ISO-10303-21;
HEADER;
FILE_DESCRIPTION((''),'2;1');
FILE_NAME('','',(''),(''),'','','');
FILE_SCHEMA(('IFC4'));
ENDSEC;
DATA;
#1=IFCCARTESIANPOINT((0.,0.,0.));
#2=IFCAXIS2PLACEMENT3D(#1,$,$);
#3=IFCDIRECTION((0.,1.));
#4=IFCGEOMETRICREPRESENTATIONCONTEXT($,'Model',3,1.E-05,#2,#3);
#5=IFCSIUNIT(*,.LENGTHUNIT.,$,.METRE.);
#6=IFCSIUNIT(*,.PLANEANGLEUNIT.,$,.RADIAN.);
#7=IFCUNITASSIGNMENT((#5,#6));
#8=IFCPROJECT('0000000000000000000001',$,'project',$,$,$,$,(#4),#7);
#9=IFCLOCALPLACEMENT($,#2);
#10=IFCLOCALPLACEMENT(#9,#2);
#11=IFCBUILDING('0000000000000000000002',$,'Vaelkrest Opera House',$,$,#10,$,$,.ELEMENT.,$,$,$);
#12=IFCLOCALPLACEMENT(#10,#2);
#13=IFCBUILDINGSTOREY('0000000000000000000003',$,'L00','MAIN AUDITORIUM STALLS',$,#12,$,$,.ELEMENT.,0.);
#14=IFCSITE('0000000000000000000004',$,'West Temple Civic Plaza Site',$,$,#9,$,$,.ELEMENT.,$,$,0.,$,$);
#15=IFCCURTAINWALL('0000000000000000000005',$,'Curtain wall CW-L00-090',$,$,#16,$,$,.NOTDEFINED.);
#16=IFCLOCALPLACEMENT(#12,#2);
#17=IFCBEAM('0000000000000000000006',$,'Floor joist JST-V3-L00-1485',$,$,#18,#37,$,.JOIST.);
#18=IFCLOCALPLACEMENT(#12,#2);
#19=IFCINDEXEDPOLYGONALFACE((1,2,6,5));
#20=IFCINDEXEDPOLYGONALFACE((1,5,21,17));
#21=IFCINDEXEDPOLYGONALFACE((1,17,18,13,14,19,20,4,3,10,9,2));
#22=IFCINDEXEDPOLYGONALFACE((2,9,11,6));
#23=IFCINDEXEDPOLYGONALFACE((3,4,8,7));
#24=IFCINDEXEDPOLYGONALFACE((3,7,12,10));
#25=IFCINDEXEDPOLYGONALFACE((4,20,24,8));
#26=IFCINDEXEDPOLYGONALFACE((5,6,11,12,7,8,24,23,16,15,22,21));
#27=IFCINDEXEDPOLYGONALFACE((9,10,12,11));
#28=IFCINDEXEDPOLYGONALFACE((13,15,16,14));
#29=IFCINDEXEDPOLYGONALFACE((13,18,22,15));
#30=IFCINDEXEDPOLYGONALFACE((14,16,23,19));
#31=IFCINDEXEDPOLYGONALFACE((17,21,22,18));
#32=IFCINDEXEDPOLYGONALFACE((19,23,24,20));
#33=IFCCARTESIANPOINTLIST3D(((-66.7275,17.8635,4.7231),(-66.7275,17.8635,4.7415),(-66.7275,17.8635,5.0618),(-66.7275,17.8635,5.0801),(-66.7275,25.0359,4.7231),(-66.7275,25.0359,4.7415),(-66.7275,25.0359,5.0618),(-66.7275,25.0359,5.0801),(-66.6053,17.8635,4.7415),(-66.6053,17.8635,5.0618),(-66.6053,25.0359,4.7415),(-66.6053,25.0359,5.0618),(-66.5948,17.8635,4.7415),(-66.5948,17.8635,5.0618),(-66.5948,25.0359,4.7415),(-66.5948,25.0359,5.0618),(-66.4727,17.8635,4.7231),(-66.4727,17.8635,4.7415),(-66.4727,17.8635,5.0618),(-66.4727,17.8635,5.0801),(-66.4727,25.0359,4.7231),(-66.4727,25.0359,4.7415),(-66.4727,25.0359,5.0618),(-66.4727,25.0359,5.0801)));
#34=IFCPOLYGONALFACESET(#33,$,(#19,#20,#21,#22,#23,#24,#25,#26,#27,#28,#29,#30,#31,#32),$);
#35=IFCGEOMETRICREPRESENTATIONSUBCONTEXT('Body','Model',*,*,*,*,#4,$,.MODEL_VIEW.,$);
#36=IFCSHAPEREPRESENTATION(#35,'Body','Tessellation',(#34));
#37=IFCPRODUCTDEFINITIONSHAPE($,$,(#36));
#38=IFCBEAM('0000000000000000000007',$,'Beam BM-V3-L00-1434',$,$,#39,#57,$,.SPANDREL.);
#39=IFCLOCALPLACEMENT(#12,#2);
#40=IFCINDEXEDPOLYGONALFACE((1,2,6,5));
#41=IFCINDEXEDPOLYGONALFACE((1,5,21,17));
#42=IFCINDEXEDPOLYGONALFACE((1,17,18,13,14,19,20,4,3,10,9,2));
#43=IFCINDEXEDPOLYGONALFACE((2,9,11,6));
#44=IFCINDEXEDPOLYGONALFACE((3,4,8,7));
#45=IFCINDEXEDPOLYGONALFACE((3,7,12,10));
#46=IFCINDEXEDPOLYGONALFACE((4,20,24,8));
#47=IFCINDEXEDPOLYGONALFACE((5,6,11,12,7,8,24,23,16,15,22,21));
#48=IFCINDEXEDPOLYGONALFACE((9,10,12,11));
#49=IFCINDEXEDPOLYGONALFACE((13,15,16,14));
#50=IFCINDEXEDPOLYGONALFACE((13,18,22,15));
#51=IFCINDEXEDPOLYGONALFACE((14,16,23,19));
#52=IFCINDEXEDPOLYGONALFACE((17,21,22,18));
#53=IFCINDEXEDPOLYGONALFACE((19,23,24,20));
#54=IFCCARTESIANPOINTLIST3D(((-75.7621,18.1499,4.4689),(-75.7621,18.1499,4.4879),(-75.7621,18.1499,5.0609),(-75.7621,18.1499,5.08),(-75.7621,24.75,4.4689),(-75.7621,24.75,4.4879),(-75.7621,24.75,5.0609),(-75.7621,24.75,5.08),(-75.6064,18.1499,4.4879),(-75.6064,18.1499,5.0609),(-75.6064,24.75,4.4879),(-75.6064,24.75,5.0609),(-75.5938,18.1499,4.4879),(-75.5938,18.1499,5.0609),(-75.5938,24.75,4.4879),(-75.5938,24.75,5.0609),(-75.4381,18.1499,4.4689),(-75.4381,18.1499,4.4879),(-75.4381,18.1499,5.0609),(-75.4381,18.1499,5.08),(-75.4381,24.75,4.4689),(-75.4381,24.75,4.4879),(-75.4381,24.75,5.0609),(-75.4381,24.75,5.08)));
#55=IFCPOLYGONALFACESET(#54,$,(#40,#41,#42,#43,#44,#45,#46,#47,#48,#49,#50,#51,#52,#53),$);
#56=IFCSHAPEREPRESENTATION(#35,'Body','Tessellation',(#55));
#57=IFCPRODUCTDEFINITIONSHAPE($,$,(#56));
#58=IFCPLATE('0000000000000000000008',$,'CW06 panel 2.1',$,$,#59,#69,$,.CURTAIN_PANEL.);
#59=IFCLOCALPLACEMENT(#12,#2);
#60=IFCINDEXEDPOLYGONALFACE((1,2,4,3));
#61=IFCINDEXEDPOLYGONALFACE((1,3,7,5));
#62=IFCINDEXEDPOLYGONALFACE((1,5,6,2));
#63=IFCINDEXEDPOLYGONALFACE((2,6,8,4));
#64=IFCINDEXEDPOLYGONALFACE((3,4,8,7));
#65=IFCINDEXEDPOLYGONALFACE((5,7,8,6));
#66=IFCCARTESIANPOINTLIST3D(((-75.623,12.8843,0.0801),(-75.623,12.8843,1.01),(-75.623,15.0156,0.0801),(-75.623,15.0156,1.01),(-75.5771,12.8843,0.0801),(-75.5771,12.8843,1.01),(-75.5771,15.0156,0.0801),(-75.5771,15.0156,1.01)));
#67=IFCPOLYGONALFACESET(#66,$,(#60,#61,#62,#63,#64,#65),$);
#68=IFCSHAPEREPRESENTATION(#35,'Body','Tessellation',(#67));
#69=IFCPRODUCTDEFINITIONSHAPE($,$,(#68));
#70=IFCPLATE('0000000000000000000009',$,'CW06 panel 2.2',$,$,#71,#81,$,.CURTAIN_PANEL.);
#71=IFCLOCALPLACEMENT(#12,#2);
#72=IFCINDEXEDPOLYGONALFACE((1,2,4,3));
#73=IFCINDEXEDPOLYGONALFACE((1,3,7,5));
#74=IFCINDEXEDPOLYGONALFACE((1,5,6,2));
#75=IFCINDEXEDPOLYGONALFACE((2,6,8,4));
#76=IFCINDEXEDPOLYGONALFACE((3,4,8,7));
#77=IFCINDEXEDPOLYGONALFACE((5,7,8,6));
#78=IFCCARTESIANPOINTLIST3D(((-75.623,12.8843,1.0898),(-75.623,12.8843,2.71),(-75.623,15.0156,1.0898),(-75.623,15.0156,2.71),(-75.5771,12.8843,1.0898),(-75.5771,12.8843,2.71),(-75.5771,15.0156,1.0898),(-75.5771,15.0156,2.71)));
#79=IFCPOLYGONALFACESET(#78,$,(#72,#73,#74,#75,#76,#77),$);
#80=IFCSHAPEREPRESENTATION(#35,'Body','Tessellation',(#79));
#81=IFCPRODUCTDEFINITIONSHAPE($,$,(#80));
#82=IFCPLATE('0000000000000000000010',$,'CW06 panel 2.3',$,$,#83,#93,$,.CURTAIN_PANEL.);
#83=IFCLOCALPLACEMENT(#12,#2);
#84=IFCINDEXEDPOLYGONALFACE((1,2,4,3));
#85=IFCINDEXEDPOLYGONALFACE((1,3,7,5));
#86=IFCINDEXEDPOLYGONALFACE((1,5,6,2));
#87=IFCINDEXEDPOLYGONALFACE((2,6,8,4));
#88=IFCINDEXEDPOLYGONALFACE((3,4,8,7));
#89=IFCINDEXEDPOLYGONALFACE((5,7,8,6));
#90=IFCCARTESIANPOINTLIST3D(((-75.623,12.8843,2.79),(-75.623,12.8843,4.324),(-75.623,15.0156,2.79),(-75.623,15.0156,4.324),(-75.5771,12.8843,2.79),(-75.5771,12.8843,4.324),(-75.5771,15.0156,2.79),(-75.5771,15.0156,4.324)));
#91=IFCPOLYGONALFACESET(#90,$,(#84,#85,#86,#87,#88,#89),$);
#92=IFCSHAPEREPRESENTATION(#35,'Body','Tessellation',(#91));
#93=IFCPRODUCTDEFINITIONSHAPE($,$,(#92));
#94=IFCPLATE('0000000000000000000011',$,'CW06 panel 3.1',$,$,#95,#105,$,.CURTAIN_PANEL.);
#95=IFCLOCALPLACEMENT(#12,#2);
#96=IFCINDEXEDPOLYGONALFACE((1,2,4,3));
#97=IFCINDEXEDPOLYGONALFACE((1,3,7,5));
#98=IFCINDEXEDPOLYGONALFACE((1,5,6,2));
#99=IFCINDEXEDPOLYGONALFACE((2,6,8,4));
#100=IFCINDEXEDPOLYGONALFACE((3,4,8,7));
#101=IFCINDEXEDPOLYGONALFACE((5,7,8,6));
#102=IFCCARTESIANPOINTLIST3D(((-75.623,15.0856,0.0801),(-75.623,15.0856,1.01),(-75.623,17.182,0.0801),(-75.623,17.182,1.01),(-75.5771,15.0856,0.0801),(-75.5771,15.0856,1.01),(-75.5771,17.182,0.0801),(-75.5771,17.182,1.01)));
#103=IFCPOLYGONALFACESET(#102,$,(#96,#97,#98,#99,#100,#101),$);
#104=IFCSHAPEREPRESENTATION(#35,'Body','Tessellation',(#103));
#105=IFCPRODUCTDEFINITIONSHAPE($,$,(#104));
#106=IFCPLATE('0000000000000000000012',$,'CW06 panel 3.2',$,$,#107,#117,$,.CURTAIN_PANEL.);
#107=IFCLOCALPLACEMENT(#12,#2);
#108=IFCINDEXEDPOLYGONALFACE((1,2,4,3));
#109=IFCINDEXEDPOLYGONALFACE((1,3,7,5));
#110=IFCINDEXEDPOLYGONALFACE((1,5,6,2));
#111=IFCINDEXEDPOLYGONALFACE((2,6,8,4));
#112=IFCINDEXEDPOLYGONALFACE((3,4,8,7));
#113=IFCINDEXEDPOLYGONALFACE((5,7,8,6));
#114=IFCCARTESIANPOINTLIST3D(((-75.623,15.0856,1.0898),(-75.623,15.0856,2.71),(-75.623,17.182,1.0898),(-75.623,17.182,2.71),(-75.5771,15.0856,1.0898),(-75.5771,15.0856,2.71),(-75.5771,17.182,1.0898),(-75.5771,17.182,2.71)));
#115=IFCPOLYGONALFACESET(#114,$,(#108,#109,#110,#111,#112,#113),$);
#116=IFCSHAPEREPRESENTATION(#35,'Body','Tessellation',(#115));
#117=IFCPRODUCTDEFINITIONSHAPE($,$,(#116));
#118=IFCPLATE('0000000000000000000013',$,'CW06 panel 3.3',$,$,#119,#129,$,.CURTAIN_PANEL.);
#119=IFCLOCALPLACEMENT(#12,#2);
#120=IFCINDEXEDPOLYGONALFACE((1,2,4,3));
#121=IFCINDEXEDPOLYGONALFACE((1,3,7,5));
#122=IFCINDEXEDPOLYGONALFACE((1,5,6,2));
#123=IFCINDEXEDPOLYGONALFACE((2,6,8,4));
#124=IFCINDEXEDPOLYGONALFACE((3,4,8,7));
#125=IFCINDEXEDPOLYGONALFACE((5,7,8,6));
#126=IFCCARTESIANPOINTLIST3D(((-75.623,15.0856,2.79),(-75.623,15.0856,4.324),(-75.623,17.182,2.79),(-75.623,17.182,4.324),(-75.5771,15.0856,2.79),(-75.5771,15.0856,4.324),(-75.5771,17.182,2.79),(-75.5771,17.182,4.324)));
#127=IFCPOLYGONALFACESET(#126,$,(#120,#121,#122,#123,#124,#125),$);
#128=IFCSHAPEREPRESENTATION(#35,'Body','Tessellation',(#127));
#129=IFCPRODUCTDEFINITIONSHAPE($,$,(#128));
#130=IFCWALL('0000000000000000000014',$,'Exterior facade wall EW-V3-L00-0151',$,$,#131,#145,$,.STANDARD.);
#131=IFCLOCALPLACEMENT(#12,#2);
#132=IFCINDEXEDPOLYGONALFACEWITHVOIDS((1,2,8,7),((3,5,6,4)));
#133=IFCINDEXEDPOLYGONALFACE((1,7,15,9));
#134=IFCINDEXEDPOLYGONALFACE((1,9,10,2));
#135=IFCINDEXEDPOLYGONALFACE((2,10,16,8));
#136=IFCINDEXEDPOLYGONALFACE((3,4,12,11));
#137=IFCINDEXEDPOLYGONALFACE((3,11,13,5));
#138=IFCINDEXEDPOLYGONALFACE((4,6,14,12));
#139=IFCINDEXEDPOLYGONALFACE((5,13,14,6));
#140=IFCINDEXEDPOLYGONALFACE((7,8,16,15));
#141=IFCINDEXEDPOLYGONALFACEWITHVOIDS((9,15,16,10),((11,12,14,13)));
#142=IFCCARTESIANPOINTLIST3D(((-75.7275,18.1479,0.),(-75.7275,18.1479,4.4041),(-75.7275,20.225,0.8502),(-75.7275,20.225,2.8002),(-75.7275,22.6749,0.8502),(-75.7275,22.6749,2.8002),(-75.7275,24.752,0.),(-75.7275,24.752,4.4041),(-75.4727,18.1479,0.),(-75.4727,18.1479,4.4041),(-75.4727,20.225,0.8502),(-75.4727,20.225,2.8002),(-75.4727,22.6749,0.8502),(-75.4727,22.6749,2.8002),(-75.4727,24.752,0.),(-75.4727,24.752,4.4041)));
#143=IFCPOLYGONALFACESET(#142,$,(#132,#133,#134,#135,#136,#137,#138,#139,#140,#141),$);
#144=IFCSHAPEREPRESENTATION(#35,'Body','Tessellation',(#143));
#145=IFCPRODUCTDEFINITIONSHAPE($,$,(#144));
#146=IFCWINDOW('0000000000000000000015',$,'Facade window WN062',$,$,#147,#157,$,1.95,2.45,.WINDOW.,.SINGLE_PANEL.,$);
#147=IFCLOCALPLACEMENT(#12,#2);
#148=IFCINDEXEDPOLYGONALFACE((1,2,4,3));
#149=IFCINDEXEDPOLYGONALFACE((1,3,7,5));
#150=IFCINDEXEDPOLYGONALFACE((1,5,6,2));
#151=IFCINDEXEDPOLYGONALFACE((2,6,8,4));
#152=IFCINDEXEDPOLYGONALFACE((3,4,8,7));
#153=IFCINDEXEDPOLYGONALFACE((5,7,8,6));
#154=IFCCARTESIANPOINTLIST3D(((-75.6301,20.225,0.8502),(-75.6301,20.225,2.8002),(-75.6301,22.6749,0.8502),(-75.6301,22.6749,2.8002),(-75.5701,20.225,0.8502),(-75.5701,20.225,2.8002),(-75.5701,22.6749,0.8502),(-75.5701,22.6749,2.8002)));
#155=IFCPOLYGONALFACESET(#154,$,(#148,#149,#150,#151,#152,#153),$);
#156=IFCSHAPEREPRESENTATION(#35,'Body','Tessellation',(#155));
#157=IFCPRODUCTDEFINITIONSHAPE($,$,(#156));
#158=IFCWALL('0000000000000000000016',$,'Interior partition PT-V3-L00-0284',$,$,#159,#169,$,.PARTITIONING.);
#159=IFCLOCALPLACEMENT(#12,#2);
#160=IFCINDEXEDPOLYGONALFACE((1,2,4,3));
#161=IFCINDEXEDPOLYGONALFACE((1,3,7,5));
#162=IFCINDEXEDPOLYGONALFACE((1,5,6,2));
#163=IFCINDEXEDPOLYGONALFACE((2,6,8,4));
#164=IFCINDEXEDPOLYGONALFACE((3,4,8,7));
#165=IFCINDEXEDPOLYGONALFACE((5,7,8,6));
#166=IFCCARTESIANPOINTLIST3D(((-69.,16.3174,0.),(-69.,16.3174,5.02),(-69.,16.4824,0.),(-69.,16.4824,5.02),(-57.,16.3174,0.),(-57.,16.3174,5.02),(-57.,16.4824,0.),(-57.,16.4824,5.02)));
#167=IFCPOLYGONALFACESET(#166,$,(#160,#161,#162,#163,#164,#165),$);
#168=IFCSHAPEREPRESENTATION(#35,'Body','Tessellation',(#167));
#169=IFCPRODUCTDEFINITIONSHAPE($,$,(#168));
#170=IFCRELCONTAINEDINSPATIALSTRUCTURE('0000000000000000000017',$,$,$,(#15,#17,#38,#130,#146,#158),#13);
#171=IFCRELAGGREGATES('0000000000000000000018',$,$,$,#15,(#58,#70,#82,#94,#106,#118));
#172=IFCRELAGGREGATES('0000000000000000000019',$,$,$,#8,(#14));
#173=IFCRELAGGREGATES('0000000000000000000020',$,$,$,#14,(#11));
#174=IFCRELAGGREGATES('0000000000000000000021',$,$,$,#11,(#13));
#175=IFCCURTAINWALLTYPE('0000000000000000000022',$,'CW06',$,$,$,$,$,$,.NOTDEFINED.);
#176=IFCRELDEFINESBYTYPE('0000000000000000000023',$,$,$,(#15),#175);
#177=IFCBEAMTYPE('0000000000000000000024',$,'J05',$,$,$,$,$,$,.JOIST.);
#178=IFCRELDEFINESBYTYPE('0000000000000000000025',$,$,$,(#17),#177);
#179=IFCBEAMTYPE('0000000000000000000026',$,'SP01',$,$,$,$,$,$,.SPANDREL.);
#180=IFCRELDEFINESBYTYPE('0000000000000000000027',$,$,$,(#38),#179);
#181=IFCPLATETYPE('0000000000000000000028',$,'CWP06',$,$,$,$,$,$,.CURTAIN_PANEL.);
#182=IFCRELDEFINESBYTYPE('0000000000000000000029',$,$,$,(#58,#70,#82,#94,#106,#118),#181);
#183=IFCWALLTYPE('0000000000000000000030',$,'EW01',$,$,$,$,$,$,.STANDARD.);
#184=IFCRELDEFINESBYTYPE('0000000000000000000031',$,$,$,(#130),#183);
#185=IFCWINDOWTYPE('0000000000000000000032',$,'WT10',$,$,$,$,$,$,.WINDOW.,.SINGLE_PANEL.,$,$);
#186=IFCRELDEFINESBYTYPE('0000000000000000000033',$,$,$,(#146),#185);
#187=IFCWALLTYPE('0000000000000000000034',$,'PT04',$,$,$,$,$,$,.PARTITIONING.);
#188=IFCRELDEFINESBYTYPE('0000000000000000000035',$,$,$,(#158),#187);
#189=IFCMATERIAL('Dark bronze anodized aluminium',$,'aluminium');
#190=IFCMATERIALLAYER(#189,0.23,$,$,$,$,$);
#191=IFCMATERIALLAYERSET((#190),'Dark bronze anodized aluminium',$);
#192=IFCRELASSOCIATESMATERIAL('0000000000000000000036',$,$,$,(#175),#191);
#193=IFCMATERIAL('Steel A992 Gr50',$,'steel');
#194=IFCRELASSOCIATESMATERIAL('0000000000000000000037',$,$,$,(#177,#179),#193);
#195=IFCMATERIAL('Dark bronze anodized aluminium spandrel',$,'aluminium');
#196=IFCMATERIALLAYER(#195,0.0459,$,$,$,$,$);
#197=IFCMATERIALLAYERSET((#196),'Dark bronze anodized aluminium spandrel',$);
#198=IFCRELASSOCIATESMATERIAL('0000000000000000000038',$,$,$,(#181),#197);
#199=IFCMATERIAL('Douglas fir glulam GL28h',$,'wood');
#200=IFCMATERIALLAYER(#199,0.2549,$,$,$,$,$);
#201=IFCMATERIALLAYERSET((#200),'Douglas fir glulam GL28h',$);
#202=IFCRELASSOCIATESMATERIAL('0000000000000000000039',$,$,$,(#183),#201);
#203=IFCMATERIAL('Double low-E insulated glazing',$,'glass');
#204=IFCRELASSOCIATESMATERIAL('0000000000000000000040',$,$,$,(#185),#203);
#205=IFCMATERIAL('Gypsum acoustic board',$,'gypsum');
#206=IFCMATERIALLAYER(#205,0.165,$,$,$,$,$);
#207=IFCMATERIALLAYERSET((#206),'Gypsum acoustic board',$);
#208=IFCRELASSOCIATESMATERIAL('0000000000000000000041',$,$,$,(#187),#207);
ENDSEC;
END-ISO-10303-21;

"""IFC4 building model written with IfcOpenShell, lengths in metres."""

from ifc_helpers import new_model, si_unit, direction, frame, frame_2d, origin, origin_2d, place, context, subcontext, project, spatial, rectangle, i_section, extrude, material, layer, layer_set, material_profile, profile_set, type_object, element, fill, aggregate, save


model = new_model("IFC4")

# Units and contexts
model_context = context("Model", 3, precision=1e-05, world=origin(), true_north=direction((0.0, 1.0)))
body_context = subcontext(model_context, "Body", "Model", "MODEL_VIEW")
ifc_project = project(units=[si_unit("LENGTHUNIT", "METRE"), si_unit("PLANEANGLEUNIT", "RADIAN")], contexts=[model_context])

# Site, building, storey
site_placement = place(None, origin())
site = spatial("IfcSite", under=ifc_project, at=site_placement, Name="West Temple Civic Plaza Site", CompositionType="ELEMENT", RefElevation=0.0)
building_placement = place(site_placement, origin())
building = spatial("IfcBuilding", under=site, at=building_placement, Name="Vaelkrest Opera House", CompositionType="ELEMENT")
storey_placement = place(building_placement, origin())
storey = spatial("IfcBuildingStorey", under=building, at=storey_placement, Name="L00", Description="MAIN AUDITORIUM STALLS", CompositionType="ELEMENT", Elevation=0.0)

# Shared definitions
ifc_material_1 = material(Name="Steel A992 Gr50", Category="steel")

# Curtain wall
ifc_material_2 = material(Name="Dark bronze anodized aluminium", Category="aluminium")
ifc_layer_1 = layer(ifc_material_2, 0.23)
ifc_layer_set_1 = layer_set([ifc_layer_1], Name="Dark bronze anodized aluminium")
curtain_wall_type = type_object("IfcCurtainWallType", Name="CW06", PredefinedType="NOTDEFINED", material=ifc_layer_set_1)
curtain_wall_placement = place(storey_placement, origin())
curtain_wall = element("IfcCurtainWall", 1, at=curtain_wall_placement, inside=storey, type_object=curtain_wall_type, Name="Curtain wall CW-L00-090", PredefinedType="NOTDEFINED")

# Beams
ifc_material_profile_1 = material_profile(ifc_material_1, i_section(OverallWidth=0.2549, OverallDepth=0.3569, WebThickness=0.0105, FlangeThickness=0.0183, at=origin_2d()), Name="W14X68")
ifc_profile_set_1 = profile_set([ifc_material_profile_1], Name="Steel A992 Gr50")
beam_type_1 = type_object("IfcBeamType", Name="J05", PredefinedType="JOIST", material=ifc_profile_set_1)
beam_1_placement = place(storey_placement, frame((-66.6001, 17.8635, 4.9016), z_axis=(0.0, 1.0, 0.0), x_axis=(-1.0, 0.0, 0.0)))
element("IfcBeam", 2, at=beam_1_placement, inside=storey, type_object=beam_type_1, Name="Floor joist JST-V3-L00-1485", PredefinedType="JOIST", context=body_context, shape_type="SweptSolid", body=[
    extrude(i_section(OverallWidth=0.2549, OverallDepth=0.3569, WebThickness=0.0105, FlangeThickness=0.0183, at=origin_2d()), origin(), (0.0, 0.0, 1.0), 7.1724),
])
ifc_material_profile_2 = material_profile(ifc_material_1, i_section(OverallWidth=0.324, OverallDepth=0.6111, WebThickness=0.0127, FlangeThickness=0.019, at=origin_2d()), Name="W24X104")
ifc_profile_set_2 = profile_set([ifc_material_profile_2], Name="Steel A992 Gr50")
beam_type_2 = type_object("IfcBeamType", Name="SP01", PredefinedType="SPANDREL", material=ifc_profile_set_2)
beam_2_placement = place(storey_placement, frame((-75.6001, 18.1499, 4.7744), z_axis=(0.0, 1.0, 0.0), x_axis=(-1.0, 0.0, 0.0)))
element("IfcBeam", 3, at=beam_2_placement, inside=storey, type_object=beam_type_2, Name="Beam BM-V3-L00-1434", PredefinedType="SPANDREL", context=body_context, shape_type="SweptSolid", body=[
    extrude(i_section(OverallWidth=0.324, OverallDepth=0.6111, WebThickness=0.0127, FlangeThickness=0.019, at=origin_2d()), origin(), (0.0, 0.0, 1.0), 6.6001),
])

# Plates
ifc_material_3 = material(Name="Dark bronze anodized aluminium spandrel", Category="aluminium")
ifc_layer_2 = layer(ifc_material_3, 0.0459)
ifc_layer_set_2 = layer_set([ifc_layer_2], Name="Dark bronze anodized aluminium spandrel")
plate_type = type_object("IfcPlateType", Name="CWP06", PredefinedType="CURTAIN_PANEL", material=ifc_layer_set_2)
plate_1_placement = place(storey_placement, frame((-75.6001, 13.95, 0.0801), z_axis=(0.0, 0.0, 1.0), x_axis=(0.0, 1.0, 0.0)))
plate_1 = element("IfcPlate", 4, at=plate_1_placement, type_object=plate_type, Name="CW06 panel 2.1", PredefinedType="CURTAIN_PANEL", context=body_context, shape_type="SweptSolid", body=[
    extrude(rectangle(XDim=2.1313, YDim=0.0459, at=origin_2d()), origin(), (0.0, 0.0, 1.0), 0.9299),
])
plate_2_placement = place(storey_placement, frame((-75.6001, 13.95, 1.0898), z_axis=(0.0, 0.0, 1.0), x_axis=(0.0, 1.0, 0.0)))
plate_2 = element("IfcPlate", 5, at=plate_2_placement, type_object=plate_type, Name="CW06 panel 2.2", PredefinedType="CURTAIN_PANEL", context=body_context, shape_type="SweptSolid", body=[
    extrude(rectangle(XDim=2.1313, YDim=0.0459, at=origin_2d()), origin(), (0.0, 0.0, 1.0), 1.6201),
])
plate_3_placement = place(storey_placement, frame((-75.6001, 13.95, 2.79), z_axis=(0.0, 0.0, 1.0), x_axis=(0.0, 1.0, 0.0)))
plate_3 = element("IfcPlate", 6, at=plate_3_placement, type_object=plate_type, Name="CW06 panel 2.3", PredefinedType="CURTAIN_PANEL", context=body_context, shape_type="SweptSolid", body=[
    extrude(rectangle(XDim=2.1313, YDim=0.0459, at=origin_2d()), origin(), (0.0, 0.0, 1.0), 1.5339),
])
plate_4_placement = place(storey_placement, frame((-75.6001, 16.1338, 0.0801), z_axis=(0.0, 0.0, 1.0), x_axis=(0.0, 1.0, 0.0)))
plate_4 = element("IfcPlate", 7, at=plate_4_placement, type_object=plate_type, Name="CW06 panel 3.1", PredefinedType="CURTAIN_PANEL", context=body_context, shape_type="SweptSolid", body=[
    extrude(rectangle(XDim=2.0964, YDim=0.0459, at=origin_2d()), origin(), (0.0, 0.0, 1.0), 0.9299),
])
plate_5_placement = place(storey_placement, frame((-75.6001, 16.1338, 1.0898), z_axis=(0.0, 0.0, 1.0), x_axis=(0.0, 1.0, 0.0)))
plate_5 = element("IfcPlate", 8, at=plate_5_placement, type_object=plate_type, Name="CW06 panel 3.2", PredefinedType="CURTAIN_PANEL", context=body_context, shape_type="SweptSolid", body=[
    extrude(rectangle(XDim=2.0964, YDim=0.0459, at=origin_2d()), origin(), (0.0, 0.0, 1.0), 1.6201),
])
plate_6_placement = place(storey_placement, frame((-75.6001, 16.1338, 2.79), z_axis=(0.0, 0.0, 1.0), x_axis=(0.0, 1.0, 0.0)))
plate_6 = element("IfcPlate", 9, at=plate_6_placement, type_object=plate_type, Name="CW06 panel 3.3", PredefinedType="CURTAIN_PANEL", context=body_context, shape_type="SweptSolid", body=[
    extrude(rectangle(XDim=2.0964, YDim=0.0459, at=origin_2d()), origin(), (0.0, 0.0, 1.0), 1.5339),
])
aggregate(curtain_wall, [plate_1, plate_2, plate_3, plate_4, plate_5, plate_6])

# Wall, opening, window
ifc_material_4 = material(Name="Douglas fir glulam GL28h", Category="wood")
ifc_layer_3 = layer(ifc_material_4, 0.2549)
ifc_layer_set_3 = layer_set([ifc_layer_3], Name="Douglas fir glulam GL28h")
wall_type_1 = type_object("IfcWallType", Name="EW01", PredefinedType="STANDARD", material=ifc_layer_set_3)
wall_1_placement = place(storey_placement, frame((-75.6001, 18.1479, 0.0), z_axis=(0.0, 0.0, 1.0), x_axis=(0.0, 1.0, 0.0)))
wall_1 = element("IfcWall", 10, at=wall_1_placement, inside=storey, type_object=wall_type_1, Name="Exterior facade wall EW-V3-L00-0151", PredefinedType="STANDARD", context=body_context, shape_type="SweptSolid", body=[
    extrude(rectangle(XDim=6.604, YDim=0.2549, at=frame_2d((3.302, 0.0))), origin(), (0.0, 0.0, 1.0), 4.4041),
])
opening_1_placement = place(wall_1_placement, frame((2.0769, 0.0, 0.8501)))
opening_1 = element("IfcOpeningElement", 11, at=opening_1_placement, cuts=wall_1, PredefinedType="OPENING", context=body_context, shape_type="SweptSolid", body=[
    extrude(rectangle(XDim=2.45, YDim=1.95, at=frame_2d((1.2251, 0.9751))), frame((0.0, 0.1375, 0.0), z_axis=(0.0, -1.0, 0.0), x_axis=(1.0, 0.0, 0.0)), (0.0, 0.0, 1.0), 0.2749),
])
ifc_material_5 = material(Name="Double low-E insulated glazing", Category="glass")
window_type = type_object("IfcWindowType", Name="WT10", PartitioningType="SINGLE_PANEL", PredefinedType="WINDOW", material=ifc_material_5)
window_placement = place(opening_1_placement, origin())
window = element("IfcWindow", 12, at=window_placement, inside=storey, type_object=window_type, Name="Facade window WN062", OverallHeight=1.95, OverallWidth=2.45, PartitioningType="SINGLE_PANEL", PredefinedType="WINDOW", context=body_context, shape_type="SweptSolid", body=[
    extrude(rectangle(XDim=2.45, YDim=1.95, at=frame_2d((1.2251, 0.9751))), frame((0.0, 0.03, 0.0), z_axis=(0.0, -1.0, 0.0), x_axis=(1.0, 0.0, 0.0)), (0.0, 0.0, 1.0), 0.0601),
])
fill(opening_1, window)

# Wall
ifc_material_6 = material(Name="Gypsum acoustic board", Category="gypsum")
ifc_layer_4 = layer(ifc_material_6, 0.165)
ifc_layer_set_4 = layer_set([ifc_layer_4], Name="Gypsum acoustic board")
wall_type_2 = type_object("IfcWallType", Name="PT04", PredefinedType="PARTITIONING", material=ifc_layer_set_4)
wall_2_placement = place(storey_placement, frame((-69.0, 16.3999, 0.0), z_axis=(0.0, 0.0, 1.0), x_axis=(1.0, 0.0, 0.0)))
element("IfcWall", 13, at=wall_2_placement, inside=storey, type_object=wall_type_2, Name="Interior partition PT-V3-L00-0284", PredefinedType="PARTITIONING", context=body_context, shape_type="SweptSolid", body=[
    extrude(rectangle(XDim=12.0, YDim=0.165, at=frame_2d((6.0, 0.0))), origin(), (0.0, 0.0, 1.0), 5.02),
])

save(model, "model.ifc")
